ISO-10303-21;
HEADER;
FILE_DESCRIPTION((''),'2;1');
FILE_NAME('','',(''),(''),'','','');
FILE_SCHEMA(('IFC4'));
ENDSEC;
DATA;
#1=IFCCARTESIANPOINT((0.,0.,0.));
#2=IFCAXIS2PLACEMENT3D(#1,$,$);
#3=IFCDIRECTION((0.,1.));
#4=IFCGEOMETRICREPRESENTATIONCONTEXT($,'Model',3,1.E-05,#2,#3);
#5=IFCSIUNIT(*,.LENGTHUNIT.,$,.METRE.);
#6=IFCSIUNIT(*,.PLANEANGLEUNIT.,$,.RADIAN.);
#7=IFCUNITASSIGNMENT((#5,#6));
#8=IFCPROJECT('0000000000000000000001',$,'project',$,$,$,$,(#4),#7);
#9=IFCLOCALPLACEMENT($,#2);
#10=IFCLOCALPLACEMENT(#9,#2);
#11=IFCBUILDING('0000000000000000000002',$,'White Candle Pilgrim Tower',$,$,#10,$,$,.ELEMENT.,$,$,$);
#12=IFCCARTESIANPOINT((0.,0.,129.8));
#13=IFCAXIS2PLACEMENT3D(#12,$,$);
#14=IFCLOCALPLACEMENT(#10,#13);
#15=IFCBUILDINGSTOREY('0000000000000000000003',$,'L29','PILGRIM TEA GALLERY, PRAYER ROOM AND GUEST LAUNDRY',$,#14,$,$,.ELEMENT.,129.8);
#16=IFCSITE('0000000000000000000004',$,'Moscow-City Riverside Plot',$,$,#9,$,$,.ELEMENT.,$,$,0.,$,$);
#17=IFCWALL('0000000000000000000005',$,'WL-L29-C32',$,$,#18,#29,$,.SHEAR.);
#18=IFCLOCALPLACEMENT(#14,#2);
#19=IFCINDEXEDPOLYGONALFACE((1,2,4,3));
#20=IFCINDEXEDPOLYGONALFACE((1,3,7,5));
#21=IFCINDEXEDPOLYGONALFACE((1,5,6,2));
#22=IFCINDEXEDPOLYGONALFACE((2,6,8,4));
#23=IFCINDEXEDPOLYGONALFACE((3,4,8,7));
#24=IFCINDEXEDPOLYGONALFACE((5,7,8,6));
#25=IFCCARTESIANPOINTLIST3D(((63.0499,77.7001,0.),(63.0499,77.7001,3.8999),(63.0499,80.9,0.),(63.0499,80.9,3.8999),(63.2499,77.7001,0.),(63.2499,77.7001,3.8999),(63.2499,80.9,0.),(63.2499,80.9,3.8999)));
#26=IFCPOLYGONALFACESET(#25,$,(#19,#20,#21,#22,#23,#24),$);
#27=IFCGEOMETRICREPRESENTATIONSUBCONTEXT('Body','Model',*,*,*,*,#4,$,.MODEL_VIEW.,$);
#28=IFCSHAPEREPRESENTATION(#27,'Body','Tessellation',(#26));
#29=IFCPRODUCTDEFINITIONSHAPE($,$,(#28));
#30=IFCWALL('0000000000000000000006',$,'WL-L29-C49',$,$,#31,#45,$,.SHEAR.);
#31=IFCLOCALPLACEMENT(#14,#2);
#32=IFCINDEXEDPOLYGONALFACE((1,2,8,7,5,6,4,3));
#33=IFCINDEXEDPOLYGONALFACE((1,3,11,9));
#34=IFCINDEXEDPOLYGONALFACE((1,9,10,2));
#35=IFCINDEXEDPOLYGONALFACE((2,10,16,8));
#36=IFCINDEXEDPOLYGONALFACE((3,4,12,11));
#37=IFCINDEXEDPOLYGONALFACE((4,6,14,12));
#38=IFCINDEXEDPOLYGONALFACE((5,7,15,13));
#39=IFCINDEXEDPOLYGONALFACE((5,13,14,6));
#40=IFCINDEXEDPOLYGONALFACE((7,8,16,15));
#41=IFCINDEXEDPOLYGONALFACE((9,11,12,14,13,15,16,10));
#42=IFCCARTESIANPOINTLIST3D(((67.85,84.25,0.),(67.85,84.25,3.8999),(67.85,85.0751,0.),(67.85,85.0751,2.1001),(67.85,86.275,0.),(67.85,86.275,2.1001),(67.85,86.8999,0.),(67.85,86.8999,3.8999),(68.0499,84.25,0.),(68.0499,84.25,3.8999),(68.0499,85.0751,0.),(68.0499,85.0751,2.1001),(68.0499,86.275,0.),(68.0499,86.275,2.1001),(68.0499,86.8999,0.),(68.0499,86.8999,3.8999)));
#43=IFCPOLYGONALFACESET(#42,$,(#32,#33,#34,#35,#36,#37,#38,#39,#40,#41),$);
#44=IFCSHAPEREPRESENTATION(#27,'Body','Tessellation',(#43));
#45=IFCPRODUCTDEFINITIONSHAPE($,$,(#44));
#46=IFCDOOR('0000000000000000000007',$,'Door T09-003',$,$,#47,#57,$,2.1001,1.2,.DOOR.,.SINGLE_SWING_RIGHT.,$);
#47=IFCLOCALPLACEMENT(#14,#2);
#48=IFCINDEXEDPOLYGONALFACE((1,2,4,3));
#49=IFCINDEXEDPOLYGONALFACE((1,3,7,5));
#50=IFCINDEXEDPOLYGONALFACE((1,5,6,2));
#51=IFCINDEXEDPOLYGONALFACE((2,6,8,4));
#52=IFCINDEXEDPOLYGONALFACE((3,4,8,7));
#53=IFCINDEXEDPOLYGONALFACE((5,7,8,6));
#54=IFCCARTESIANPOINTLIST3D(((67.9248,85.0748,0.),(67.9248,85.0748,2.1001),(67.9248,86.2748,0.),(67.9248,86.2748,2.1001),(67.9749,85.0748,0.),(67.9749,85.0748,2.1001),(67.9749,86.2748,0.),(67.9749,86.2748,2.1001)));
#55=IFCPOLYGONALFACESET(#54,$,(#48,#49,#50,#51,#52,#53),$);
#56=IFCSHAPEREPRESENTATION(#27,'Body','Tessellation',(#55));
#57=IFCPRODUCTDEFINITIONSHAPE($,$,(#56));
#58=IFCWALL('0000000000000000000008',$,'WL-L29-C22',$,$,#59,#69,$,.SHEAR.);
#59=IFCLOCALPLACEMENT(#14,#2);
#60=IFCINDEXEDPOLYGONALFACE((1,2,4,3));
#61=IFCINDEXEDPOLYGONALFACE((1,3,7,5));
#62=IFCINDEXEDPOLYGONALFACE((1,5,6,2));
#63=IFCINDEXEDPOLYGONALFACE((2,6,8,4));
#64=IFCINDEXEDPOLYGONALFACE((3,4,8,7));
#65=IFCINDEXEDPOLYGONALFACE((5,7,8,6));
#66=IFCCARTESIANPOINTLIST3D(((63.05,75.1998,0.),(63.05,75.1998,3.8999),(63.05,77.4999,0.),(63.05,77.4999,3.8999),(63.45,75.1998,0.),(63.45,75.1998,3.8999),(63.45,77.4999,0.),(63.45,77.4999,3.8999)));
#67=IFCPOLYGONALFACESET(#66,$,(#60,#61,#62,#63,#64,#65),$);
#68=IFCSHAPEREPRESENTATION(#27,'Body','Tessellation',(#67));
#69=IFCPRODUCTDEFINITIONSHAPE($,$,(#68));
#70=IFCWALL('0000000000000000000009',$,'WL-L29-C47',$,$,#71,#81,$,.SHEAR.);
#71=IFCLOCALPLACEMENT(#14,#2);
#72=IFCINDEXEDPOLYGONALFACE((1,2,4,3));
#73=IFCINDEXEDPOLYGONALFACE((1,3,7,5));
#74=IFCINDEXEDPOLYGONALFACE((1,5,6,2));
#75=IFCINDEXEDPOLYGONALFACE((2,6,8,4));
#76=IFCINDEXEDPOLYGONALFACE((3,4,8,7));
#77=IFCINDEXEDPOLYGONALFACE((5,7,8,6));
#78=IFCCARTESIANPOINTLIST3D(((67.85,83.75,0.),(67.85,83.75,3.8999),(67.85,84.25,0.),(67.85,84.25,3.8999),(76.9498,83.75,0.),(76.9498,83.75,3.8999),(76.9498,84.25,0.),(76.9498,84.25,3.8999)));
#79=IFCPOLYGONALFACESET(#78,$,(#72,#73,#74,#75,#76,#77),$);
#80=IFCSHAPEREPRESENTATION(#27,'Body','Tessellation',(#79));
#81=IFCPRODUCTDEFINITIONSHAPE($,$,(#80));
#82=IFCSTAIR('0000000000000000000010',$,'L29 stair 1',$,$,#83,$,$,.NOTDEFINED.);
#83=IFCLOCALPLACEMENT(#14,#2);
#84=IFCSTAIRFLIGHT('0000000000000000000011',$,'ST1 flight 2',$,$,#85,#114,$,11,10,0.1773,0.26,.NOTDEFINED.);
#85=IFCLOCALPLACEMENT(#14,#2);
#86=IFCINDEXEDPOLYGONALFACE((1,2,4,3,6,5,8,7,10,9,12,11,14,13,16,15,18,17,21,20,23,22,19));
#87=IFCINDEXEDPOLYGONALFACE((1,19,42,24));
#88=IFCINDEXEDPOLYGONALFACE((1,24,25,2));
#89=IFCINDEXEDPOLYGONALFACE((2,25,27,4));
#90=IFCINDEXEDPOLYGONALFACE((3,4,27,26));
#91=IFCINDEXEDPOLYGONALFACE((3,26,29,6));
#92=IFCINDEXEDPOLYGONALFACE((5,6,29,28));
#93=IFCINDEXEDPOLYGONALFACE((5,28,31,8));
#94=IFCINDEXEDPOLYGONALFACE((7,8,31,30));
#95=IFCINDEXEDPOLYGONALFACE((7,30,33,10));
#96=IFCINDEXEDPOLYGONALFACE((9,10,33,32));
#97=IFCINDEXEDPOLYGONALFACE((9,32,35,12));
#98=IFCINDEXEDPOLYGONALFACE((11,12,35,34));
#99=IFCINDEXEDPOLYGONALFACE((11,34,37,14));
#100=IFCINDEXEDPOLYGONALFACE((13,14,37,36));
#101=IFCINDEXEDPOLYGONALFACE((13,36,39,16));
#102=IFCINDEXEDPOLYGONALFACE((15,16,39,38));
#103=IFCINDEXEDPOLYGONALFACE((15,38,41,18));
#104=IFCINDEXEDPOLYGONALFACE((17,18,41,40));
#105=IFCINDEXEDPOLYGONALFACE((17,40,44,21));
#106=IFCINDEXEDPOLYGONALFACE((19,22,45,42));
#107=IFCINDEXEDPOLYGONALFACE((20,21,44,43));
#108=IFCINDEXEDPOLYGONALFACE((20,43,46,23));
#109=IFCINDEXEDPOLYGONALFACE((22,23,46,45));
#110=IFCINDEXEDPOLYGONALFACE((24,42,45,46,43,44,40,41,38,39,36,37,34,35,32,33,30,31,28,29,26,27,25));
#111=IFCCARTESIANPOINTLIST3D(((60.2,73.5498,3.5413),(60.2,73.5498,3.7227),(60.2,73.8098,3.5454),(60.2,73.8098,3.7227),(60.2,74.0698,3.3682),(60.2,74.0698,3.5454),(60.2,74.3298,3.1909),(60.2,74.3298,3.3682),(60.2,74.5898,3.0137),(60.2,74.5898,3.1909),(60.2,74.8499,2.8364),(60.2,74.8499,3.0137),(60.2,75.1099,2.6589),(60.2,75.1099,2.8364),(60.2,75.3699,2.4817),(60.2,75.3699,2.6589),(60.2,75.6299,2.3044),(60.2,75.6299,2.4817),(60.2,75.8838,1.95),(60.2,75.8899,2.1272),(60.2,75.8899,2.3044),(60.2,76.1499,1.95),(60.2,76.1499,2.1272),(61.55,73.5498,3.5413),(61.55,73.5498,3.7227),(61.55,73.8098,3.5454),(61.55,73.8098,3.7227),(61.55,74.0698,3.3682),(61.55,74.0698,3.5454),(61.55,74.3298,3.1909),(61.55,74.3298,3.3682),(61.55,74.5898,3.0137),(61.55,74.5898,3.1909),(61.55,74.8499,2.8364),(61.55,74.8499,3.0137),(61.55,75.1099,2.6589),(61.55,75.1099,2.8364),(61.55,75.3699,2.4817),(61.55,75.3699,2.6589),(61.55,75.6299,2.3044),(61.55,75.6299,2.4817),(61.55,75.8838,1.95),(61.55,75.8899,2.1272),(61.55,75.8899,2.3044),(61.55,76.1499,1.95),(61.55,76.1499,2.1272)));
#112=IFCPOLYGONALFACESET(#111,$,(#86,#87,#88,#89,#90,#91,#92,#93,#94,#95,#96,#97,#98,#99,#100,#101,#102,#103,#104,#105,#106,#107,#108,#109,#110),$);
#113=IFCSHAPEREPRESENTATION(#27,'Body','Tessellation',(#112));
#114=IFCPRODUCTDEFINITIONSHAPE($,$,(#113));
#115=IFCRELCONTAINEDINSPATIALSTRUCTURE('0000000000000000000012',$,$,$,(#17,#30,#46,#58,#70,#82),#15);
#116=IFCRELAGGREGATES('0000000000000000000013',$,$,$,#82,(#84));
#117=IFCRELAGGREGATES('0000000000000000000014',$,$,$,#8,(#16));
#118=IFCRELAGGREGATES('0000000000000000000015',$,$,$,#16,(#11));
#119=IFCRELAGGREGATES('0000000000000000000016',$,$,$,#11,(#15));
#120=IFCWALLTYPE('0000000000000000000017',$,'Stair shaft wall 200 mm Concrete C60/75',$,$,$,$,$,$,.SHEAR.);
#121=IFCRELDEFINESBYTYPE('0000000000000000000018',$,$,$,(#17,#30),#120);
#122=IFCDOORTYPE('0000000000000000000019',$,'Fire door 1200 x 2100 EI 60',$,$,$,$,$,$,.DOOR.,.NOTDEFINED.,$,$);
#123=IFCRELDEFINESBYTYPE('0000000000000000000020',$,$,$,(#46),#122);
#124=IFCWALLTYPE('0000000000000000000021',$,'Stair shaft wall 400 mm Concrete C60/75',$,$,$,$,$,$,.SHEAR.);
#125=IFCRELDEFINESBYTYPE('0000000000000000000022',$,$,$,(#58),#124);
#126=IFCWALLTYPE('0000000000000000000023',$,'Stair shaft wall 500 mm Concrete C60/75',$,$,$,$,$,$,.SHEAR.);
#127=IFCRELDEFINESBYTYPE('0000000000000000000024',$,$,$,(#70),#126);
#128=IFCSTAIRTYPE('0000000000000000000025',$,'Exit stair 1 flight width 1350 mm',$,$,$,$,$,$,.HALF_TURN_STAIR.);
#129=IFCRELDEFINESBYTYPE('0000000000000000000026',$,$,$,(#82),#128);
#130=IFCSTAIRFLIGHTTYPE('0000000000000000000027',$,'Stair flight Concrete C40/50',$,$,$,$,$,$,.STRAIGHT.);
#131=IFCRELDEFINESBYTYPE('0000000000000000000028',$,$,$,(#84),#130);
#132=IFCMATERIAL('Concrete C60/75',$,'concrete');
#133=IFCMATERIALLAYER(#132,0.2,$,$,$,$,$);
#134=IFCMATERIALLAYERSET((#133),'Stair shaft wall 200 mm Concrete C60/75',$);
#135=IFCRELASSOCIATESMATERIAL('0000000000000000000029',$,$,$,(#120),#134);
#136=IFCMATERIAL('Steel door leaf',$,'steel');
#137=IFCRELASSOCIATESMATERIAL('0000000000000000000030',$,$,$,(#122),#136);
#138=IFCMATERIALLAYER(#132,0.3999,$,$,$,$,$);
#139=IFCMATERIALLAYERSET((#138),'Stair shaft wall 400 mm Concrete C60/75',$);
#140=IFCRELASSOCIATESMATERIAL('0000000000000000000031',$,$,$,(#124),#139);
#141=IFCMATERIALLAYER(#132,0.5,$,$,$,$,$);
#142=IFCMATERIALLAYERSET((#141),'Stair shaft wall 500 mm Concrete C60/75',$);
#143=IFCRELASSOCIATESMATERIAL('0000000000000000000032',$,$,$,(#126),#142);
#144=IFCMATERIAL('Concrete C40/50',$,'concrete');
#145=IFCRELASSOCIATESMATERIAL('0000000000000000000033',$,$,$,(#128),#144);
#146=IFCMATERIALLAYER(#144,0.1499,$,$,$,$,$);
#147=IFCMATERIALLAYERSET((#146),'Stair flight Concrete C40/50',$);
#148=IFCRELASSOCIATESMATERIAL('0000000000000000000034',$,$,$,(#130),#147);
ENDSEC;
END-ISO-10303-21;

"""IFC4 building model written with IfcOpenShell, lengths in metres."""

from ifc_helpers import new_model, si_unit, direction, frame, frame_2d, origin, place, context, subcontext, project, spatial, polyline, rectangle, outline, extrude, material, layer, layer_set, type_object, element, fill, aggregate, save


model = new_model("IFC4")

# Units and contexts
model_context = context("Model", 3, precision=1e-05, world=origin(), true_north=direction((0.0, 1.0)))
body_context = subcontext(model_context, "Body", "Model", "MODEL_VIEW")
ifc_project = project(units=[si_unit("LENGTHUNIT", "METRE"), si_unit("PLANEANGLEUNIT", "RADIAN")], contexts=[model_context])

# Site, building, storey
site_placement = place(None, origin())
site = spatial("IfcSite", under=ifc_project, at=site_placement, Name="Moscow-City Riverside Plot", CompositionType="ELEMENT", RefElevation=0.0)
building_placement = place(site_placement, origin())
building = spatial("IfcBuilding", under=site, at=building_placement, Name="White Candle Pilgrim Tower", CompositionType="ELEMENT")
storey_placement = place(building_placement, frame((0.0, 0.0, 129.8)))
storey = spatial("IfcBuildingStorey", under=building, at=storey_placement, Name="L29", Description="PILGRIM TEA GALLERY, PRAYER ROOM AND GUEST LAUNDRY", CompositionType="ELEMENT", Elevation=129.8)

# Shared definitions
ifc_material_1 = material(Name="Concrete C60/75", Category="concrete")
ifc_material_2 = material(Name="Steel door leaf", Category="steel")

# Shared definitions
ifc_layer_1 = layer(ifc_material_1, 0.2)
ifc_layer_set_1 = layer_set([ifc_layer_1], Name="Stair shaft wall 200 mm Concrete C60/75")
wall_type_1 = type_object("IfcWallType", Name="Stair shaft wall 200 mm Concrete C60/75", PredefinedType="SHEAR", material=ifc_layer_set_1)

# Wall
wall_1_placement = place(storey_placement, frame((63.1499, 77.7, 0.0), z_axis=(0.0, 0.0, 1.0), x_axis=(0.0, 1.0, 0.0)))
element("IfcWall", 1, at=wall_1_placement, inside=storey, type_object=wall_type_1, Name="WL-L29-C32", PredefinedType="SHEAR", context=body_context, shape_type="SweptSolid", body=[
    extrude(rectangle(XDim=3.2, YDim=0.2, at=frame_2d((1.6001, 0.0))), origin(), (0.0, 0.0, 1.0), 3.8999),
])

# Wall, opening, door
wall_2_placement = place(storey_placement, frame((67.95, 84.25, 0.0), z_axis=(0.0, 0.0, 1.0), x_axis=(0.0, 1.0, 0.0)))
wall_2 = element("IfcWall", 2, at=wall_2_placement, inside=storey, type_object=wall_type_1, Name="WL-L29-C49", PredefinedType="SHEAR", context=body_context, shape_type="SweptSolid", body=[
    extrude(rectangle(XDim=2.6499, YDim=0.2, at=frame_2d((1.325, 0.0))), origin(), (0.0, 0.0, 1.0), 3.8999),
])
opening_1_placement = place(wall_2_placement, frame((0.825, 0.0, 0.0)))
opening_1 = element("IfcOpeningElement", 3, at=opening_1_placement, cuts=wall_2, PredefinedType="OPENING", context=body_context, shape_type="SweptSolid", body=[
    extrude(rectangle(XDim=1.2, YDim=2.1001, at=frame_2d((0.6001, 1.05))), frame((0.0, 0.1099, 0.0), z_axis=(0.0, -1.0, 0.0), x_axis=(1.0, 0.0, 0.0)), (0.0, 0.0, 1.0), 0.22),
])
door_type_1 = type_object("IfcDoorType", Name="Fire door 1200 x 2100 EI 60", OperationType="NOTDEFINED", PredefinedType="DOOR", material=ifc_material_2)
door_1_placement = place(opening_1_placement, frame((1.2, 0.0, 0.0), z_axis=(0.0, 0.0, 1.0), x_axis=(-1.0, 0.0, 0.0)))
door_1 = element("IfcDoor", 4, at=door_1_placement, inside=storey, type_object=door_type_1, Name="Door T09-003", OperationType="SINGLE_SWING_RIGHT", OverallHeight=2.1001, OverallWidth=1.2, PredefinedType="DOOR", context=body_context, shape_type="SweptSolid", body=[
    extrude(rectangle(XDim=1.2, YDim=2.1001, at=frame_2d((0.6001, 1.05))), frame((0.0, 0.0249, 0.0), z_axis=(0.0, -1.0, 0.0), x_axis=(1.0, 0.0, 0.0)), (0.0, 0.0, 1.0), 0.05),
])
fill(opening_1, door_1)

# Walls
ifc_layer_2 = layer(ifc_material_1, 0.3999)
ifc_layer_set_2 = layer_set([ifc_layer_2], Name="Stair shaft wall 400 mm Concrete C60/75")
wall_type_2 = type_object("IfcWallType", Name="Stair shaft wall 400 mm Concrete C60/75", PredefinedType="SHEAR", material=ifc_layer_set_2)
wall_3_placement = place(storey_placement, frame((63.25, 75.2, 0.0), z_axis=(0.0, 0.0, 1.0), x_axis=(0.0, 1.0, 0.0)))
element("IfcWall", 5, at=wall_3_placement, inside=storey, type_object=wall_type_2, Name="WL-L29-C22", PredefinedType="SHEAR", context=body_context, shape_type="SweptSolid", body=[
    extrude(rectangle(XDim=2.3, YDim=0.3999, at=frame_2d((1.1499, 0.0))), origin(), (0.0, 0.0, 1.0), 3.8999),
])
ifc_layer_3 = layer(ifc_material_1, 0.5)
ifc_layer_set_3 = layer_set([ifc_layer_3], Name="Stair shaft wall 500 mm Concrete C60/75")
wall_type_3 = type_object("IfcWallType", Name="Stair shaft wall 500 mm Concrete C60/75", PredefinedType="SHEAR", material=ifc_layer_set_3)
wall_4_placement = place(storey_placement, frame((67.8501, 84.0, 0.0), z_axis=(0.0, 0.0, 1.0), x_axis=(1.0, 0.0, 0.0)))
element("IfcWall", 6, at=wall_4_placement, inside=storey, type_object=wall_type_3, Name="WL-L29-C47", PredefinedType="SHEAR", context=body_context, shape_type="SweptSolid", body=[
    extrude(rectangle(XDim=9.0999, YDim=0.5, at=frame_2d((4.5498, 0.0))), origin(), (0.0, 0.0, 1.0), 3.8999),
])

# Stair, stair flight
ifc_material_3 = material(Name="Concrete C40/50", Category="concrete")
stair_type = type_object("IfcStairType", Name="Exit stair 1 flight width 1350 mm", PredefinedType="HALF_TURN_STAIR", material=ifc_material_3)
stair_placement = place(storey_placement, origin())
stair = element("IfcStair", 7, at=stair_placement, inside=storey, type_object=stair_type, Name="L29 stair 1", PredefinedType="NOTDEFINED")
ifc_layer_4 = layer(ifc_material_3, 0.1499)
ifc_layer_set_4 = layer_set([ifc_layer_4], Name="Stair flight Concrete C40/50")
stair_flight_type = type_object("IfcStairFlightType", Name="Stair flight Concrete C40/50", PredefinedType="STRAIGHT", material=ifc_layer_set_4)
stair_flight_placement = place(storey_placement, frame((60.875, 76.1499, 1.95), z_axis=(0.0, 0.0, 1.0), x_axis=(0.0, -1.0, 0.0)))
stair_flight = element("IfcStairFlight", 8, at=stair_flight_placement, type_object=stair_flight_type, Name="ST1 flight 2", NumberOfRisers=11, NumberOfTreads=10, PredefinedType="NOTDEFINED", RiserHeight=0.1773, TreadLength=0.26, context=body_context, shape_type="SweptSolid", body=[
    extrude(outline(polyline([(0.0, 0.0), (0.0, 0.1772), (0.26, 0.1772), (0.26, 0.3545), (0.52, 0.3545), (0.52, 0.5317), (0.78, 0.5317), (0.78, 0.709), (1.04, 0.709), (1.04, 0.8865), (1.3, 0.8865), (1.3, 1.0637), (1.5601, 1.0637), (1.5601, 1.241), (1.8201, 1.241), (1.8201, 1.4182), (2.0801, 1.4182), (2.0801, 1.5955), (2.3401, 1.5955), (2.3401, 1.7727), (2.6001, 1.7727), (2.6001, 1.95), (2.6001, 1.5913), (0.2661, 0.0), (0.0, 0.0)])), frame((0.0, 0.675, 0.0), z_axis=(0.0, -1.0, 0.0), x_axis=(1.0, 0.0, 0.0)), (0.0, 0.0, 1.0), 1.3501),
])
aggregate(stair, [stair_flight])

save(model, "model.ifc")
